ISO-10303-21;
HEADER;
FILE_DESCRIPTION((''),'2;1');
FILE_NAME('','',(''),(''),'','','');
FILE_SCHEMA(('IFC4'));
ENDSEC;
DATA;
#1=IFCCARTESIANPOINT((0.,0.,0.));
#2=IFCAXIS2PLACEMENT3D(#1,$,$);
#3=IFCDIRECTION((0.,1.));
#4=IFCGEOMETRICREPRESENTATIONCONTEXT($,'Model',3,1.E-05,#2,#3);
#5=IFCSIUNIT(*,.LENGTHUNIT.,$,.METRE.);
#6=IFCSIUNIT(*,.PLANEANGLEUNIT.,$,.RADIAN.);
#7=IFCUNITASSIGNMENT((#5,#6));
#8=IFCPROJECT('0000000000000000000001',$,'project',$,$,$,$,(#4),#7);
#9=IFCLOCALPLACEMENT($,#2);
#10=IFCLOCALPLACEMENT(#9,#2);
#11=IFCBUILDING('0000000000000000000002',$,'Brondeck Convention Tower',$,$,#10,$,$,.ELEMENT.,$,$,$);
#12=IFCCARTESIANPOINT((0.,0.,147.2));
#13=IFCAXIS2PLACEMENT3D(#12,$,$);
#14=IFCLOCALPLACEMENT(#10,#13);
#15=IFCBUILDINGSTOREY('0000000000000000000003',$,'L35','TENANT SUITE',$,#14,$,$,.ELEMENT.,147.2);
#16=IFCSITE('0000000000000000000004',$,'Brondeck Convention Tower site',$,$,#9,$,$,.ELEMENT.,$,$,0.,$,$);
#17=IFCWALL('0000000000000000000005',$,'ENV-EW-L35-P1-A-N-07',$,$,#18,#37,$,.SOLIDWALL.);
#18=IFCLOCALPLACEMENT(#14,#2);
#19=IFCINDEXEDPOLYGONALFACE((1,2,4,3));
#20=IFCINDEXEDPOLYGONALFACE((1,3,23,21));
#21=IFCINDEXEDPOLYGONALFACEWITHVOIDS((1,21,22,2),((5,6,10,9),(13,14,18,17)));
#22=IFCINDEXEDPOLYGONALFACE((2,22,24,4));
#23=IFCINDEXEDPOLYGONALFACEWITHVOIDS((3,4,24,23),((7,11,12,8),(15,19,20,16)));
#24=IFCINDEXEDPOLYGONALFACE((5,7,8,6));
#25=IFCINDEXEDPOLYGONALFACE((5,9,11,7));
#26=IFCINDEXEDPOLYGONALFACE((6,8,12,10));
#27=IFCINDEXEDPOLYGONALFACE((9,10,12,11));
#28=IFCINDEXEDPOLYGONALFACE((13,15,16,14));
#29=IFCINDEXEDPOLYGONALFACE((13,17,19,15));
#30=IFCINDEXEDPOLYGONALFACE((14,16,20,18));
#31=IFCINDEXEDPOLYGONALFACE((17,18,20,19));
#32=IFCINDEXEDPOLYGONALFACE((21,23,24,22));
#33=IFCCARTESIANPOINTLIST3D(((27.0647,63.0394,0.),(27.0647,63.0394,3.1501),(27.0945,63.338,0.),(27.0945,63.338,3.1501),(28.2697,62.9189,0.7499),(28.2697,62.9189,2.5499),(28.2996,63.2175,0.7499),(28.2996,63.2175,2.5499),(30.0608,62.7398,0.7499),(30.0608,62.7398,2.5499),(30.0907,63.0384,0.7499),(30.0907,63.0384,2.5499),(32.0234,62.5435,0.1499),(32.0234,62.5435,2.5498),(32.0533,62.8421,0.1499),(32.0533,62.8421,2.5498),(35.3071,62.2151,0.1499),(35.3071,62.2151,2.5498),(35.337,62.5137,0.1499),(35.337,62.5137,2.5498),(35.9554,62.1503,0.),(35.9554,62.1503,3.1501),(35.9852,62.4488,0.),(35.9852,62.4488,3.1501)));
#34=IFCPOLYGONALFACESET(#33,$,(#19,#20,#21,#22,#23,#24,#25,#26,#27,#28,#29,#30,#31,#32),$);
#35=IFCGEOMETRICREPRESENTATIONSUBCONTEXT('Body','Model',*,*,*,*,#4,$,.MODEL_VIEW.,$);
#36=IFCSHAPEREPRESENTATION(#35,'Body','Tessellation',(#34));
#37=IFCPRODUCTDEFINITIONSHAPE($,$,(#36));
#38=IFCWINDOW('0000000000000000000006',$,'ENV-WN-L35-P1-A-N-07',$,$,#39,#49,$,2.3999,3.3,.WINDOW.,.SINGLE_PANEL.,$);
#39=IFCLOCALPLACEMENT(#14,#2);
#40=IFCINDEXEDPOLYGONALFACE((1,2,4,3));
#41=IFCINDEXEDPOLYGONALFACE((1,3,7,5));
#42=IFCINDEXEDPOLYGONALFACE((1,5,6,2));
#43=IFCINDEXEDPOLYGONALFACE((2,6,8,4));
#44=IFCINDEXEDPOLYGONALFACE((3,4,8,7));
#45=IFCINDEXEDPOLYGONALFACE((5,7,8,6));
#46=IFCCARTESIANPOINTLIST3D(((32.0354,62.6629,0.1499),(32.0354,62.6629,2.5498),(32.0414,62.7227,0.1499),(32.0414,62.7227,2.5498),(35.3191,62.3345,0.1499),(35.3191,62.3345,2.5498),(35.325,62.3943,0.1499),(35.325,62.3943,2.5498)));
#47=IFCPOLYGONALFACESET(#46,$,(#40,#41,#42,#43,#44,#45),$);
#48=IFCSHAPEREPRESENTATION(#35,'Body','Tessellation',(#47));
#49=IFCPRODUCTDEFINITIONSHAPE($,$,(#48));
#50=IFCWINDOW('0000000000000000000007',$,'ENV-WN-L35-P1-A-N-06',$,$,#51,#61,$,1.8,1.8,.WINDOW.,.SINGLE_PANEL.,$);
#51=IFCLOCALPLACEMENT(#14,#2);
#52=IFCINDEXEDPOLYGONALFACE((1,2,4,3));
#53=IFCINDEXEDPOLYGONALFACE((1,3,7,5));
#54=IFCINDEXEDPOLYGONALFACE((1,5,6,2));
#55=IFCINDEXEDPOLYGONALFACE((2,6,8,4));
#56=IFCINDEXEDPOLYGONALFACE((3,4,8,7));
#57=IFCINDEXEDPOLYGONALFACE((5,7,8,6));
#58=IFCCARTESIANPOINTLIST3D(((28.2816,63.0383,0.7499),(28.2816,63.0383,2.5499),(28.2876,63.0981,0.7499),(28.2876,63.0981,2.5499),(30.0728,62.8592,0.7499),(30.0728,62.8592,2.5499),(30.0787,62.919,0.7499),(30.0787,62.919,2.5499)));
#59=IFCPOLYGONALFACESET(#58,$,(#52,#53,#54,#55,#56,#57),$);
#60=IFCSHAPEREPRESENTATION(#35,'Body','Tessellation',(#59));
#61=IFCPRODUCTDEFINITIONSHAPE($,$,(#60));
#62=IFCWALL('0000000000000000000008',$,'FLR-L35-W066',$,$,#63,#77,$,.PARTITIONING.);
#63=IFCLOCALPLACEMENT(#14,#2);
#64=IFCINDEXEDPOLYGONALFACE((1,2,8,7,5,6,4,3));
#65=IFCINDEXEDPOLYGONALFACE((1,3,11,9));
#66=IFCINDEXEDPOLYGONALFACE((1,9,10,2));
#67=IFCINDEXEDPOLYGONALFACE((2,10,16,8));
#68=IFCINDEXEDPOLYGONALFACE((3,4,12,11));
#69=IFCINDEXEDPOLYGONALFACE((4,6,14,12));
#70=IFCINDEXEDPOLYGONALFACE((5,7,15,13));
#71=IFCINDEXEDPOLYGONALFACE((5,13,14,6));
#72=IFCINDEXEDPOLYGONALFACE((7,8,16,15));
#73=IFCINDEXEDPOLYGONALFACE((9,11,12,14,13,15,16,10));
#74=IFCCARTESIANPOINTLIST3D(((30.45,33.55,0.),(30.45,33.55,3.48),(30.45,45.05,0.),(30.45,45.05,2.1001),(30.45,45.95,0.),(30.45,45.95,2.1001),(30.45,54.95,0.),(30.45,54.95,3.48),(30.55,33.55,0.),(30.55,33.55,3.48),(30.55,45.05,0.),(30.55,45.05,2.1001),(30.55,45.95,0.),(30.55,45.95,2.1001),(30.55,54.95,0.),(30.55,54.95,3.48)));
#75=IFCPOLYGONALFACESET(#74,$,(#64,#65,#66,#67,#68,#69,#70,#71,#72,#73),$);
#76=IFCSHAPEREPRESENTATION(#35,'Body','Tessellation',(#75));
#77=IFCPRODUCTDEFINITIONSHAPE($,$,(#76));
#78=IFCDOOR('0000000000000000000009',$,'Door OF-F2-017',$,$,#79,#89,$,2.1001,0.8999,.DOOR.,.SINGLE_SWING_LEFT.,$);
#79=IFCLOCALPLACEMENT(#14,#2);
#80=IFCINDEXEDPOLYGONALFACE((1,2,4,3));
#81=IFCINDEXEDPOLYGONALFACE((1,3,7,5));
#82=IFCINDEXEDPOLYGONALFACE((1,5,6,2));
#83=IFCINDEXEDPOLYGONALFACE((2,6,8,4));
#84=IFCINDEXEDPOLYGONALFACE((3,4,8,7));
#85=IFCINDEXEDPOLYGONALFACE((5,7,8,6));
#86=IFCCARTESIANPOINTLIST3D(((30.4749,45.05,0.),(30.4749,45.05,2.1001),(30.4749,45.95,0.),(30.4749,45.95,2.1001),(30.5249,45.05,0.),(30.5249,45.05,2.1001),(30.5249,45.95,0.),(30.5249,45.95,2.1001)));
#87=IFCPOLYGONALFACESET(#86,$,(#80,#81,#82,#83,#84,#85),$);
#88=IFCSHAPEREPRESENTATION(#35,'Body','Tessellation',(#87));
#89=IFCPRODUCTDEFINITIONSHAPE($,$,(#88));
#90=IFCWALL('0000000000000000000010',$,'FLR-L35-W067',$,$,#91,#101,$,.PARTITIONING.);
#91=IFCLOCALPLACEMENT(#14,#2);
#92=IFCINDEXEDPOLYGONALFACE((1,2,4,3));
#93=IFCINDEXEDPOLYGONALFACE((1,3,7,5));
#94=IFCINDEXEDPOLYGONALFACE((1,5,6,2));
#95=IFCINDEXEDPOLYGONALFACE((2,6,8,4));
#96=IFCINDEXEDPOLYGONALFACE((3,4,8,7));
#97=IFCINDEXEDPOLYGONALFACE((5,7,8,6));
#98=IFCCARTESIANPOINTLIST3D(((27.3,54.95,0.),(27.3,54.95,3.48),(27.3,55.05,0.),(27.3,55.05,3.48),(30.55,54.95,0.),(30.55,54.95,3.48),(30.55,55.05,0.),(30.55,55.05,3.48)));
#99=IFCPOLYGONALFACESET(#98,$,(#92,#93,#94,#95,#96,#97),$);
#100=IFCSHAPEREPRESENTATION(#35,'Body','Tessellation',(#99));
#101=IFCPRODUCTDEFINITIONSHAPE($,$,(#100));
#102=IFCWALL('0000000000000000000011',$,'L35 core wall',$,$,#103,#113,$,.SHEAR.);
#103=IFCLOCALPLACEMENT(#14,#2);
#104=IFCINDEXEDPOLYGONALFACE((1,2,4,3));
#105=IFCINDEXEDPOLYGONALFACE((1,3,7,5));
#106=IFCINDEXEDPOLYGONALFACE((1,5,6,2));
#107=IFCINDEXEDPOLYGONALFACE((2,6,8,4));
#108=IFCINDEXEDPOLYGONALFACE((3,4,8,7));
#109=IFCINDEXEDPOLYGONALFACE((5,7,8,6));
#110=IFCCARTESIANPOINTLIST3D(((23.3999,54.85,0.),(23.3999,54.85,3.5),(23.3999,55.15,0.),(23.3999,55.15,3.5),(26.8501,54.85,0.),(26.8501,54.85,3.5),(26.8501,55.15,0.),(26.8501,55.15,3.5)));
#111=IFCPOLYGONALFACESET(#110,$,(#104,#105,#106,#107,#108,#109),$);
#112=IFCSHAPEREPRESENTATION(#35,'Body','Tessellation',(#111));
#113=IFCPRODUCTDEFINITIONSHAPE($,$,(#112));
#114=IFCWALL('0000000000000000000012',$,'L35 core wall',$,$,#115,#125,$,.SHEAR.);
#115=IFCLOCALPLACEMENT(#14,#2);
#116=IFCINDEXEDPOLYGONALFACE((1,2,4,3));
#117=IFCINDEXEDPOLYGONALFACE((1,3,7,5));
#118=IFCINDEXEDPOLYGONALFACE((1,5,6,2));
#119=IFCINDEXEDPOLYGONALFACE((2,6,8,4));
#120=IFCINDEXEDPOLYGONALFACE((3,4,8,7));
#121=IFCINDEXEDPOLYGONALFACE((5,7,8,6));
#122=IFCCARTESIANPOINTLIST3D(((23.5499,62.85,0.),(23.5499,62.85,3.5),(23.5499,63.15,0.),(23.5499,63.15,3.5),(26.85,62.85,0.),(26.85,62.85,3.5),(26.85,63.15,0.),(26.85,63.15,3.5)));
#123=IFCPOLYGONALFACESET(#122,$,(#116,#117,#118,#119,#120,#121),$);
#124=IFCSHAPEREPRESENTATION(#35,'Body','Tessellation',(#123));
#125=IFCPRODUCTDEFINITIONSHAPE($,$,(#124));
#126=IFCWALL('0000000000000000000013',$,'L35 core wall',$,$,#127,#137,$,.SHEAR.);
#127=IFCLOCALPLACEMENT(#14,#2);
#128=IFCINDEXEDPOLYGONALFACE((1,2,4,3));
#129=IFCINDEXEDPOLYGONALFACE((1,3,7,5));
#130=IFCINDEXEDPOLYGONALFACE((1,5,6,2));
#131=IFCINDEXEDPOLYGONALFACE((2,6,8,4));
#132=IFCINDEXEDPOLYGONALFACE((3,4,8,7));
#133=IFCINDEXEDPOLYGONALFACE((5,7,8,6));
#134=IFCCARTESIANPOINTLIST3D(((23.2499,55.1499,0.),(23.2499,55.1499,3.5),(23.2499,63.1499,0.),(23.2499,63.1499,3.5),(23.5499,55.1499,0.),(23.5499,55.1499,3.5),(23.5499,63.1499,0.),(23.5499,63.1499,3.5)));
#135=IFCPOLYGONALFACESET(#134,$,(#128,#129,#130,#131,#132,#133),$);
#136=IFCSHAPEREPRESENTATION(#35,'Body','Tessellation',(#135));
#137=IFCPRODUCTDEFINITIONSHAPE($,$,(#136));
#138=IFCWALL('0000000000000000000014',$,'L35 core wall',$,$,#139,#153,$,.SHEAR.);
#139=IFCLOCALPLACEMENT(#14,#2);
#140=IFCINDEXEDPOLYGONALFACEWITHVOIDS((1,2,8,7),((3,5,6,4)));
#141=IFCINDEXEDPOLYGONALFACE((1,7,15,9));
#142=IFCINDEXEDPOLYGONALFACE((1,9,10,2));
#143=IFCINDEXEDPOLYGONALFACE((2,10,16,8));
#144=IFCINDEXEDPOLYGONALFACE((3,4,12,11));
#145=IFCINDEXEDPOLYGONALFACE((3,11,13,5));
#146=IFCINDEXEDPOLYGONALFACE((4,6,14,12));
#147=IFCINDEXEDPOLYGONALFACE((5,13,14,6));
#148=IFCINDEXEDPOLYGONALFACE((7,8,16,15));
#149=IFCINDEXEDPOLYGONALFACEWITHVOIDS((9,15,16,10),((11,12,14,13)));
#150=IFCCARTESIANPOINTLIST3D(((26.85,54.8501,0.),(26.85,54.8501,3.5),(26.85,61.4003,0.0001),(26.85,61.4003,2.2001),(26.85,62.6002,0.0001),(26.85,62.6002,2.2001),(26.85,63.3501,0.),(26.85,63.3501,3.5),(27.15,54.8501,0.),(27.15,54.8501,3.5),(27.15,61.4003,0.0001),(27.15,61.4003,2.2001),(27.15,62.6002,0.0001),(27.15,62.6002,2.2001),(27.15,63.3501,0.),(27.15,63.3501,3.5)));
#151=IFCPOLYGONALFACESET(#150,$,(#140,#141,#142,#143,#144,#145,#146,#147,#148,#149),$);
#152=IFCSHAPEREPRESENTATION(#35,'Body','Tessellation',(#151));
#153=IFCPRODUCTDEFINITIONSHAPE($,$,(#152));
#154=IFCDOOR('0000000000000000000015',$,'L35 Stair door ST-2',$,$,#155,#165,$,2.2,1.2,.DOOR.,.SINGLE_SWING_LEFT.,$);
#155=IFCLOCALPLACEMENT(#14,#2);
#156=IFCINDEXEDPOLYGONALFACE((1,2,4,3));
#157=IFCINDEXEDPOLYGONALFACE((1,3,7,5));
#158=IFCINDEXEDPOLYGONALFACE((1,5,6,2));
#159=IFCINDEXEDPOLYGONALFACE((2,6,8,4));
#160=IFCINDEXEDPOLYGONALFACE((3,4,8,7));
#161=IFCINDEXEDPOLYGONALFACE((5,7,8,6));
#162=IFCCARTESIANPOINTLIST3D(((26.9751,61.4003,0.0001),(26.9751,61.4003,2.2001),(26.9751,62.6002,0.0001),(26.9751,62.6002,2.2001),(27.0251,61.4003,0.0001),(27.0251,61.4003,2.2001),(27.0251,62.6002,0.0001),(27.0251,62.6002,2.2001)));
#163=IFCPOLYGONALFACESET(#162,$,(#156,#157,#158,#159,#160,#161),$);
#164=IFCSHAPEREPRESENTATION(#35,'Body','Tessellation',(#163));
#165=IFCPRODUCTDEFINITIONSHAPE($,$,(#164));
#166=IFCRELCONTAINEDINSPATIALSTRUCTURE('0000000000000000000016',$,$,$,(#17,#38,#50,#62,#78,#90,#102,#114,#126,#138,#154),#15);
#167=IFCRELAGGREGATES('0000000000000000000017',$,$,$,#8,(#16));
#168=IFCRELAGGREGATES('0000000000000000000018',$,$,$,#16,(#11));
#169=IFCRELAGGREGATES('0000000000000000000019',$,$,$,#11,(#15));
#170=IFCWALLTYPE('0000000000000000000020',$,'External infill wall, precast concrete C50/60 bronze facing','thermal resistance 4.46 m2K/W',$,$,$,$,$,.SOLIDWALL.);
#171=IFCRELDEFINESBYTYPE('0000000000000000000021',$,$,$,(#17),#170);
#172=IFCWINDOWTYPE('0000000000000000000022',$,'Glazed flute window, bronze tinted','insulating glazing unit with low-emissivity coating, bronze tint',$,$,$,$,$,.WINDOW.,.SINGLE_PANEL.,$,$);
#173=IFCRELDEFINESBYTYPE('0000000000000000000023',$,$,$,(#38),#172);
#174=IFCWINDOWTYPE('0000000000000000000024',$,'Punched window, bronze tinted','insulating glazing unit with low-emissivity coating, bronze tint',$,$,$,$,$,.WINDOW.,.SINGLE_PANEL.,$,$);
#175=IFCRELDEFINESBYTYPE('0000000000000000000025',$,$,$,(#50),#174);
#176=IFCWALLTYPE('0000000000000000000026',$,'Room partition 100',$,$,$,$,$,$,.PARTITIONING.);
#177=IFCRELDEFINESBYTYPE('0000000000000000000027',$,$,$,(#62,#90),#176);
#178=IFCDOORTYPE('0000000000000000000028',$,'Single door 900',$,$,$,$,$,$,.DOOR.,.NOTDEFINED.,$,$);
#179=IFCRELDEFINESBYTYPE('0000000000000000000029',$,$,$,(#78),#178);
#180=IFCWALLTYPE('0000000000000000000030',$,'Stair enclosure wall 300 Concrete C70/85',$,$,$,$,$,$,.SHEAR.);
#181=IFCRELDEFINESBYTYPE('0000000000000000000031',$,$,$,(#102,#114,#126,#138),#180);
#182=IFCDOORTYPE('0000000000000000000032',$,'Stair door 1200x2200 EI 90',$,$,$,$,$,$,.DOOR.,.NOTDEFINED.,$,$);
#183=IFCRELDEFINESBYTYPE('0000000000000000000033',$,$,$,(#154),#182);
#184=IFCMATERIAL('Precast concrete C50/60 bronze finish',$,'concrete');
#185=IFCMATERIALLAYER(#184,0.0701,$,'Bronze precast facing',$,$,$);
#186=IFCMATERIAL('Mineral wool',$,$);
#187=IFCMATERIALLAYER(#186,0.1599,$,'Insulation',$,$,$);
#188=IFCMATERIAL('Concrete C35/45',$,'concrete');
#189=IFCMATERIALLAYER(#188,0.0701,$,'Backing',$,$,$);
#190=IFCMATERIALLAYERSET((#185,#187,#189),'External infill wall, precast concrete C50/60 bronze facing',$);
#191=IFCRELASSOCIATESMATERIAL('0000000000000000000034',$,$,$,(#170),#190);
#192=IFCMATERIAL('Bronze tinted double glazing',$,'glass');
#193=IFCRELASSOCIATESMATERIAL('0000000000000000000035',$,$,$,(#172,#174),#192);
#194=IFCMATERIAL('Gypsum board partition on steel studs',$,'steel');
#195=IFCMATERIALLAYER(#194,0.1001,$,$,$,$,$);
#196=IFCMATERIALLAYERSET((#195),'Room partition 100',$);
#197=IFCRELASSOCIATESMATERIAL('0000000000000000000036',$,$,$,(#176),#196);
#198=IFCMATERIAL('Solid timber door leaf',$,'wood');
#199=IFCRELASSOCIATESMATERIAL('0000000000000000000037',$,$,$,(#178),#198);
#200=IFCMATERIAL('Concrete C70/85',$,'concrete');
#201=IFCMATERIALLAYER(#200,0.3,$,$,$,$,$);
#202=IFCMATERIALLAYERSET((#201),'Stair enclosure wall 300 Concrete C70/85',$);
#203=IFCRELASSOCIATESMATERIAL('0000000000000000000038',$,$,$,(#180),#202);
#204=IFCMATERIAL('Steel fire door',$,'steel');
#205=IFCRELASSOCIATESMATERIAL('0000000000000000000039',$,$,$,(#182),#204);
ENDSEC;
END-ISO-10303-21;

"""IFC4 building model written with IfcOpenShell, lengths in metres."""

from ifc_helpers import new_model, si_unit, direction, frame, frame_2d, origin, place, context, subcontext, project, spatial, rectangle, extrude, material, layer, layer_set, type_object, element, fill, save


model = new_model("IFC4")

# Units and contexts
model_context = context("Model", 3, precision=1e-05, world=origin(), true_north=direction((0.0, 1.0)))
body_context = subcontext(model_context, "Body", "Model", "MODEL_VIEW")
ifc_project = project(units=[si_unit("LENGTHUNIT", "METRE"), si_unit("PLANEANGLEUNIT", "RADIAN")], contexts=[model_context])

# Site, building, storey
site_placement = place(None, origin())
site = spatial("IfcSite", under=ifc_project, at=site_placement, Name="Brondeck Convention Tower site", CompositionType="ELEMENT", RefElevation=0.0)
building_placement = place(site_placement, origin())
building = spatial("IfcBuilding", under=site, at=building_placement, Name="Brondeck Convention Tower", CompositionType="ELEMENT")
storey_placement = place(building_placement, frame((0.0, 0.0, 147.2)))
storey = spatial("IfcBuildingStorey", under=building, at=storey_placement, Name="L35", Description="TENANT SUITE", CompositionType="ELEMENT", Elevation=147.2)

# Shared definitions
ifc_material_1 = material(Name="Concrete C70/85", Category="concrete")

# Wall, openings, windows
ifc_material_2 = material(Name="Precast concrete C50/60 bronze finish", Category="concrete")
ifc_layer_1 = layer(ifc_material_2, 0.0701, Name="Bronze precast facing")
ifc_material_3 = material(Name="Mineral wool")
ifc_layer_2 = layer(ifc_material_3, 0.1599, Name="Insulation")
ifc_material_4 = material(Name="Concrete C35/45", Category="concrete")
ifc_layer_3 = layer(ifc_material_4, 0.0701, Name="Backing")
ifc_layer_set_1 = layer_set([ifc_layer_1, ifc_layer_2, ifc_layer_3], Name="External infill wall, precast concrete C50/60 bronze facing")
wall_type_1 = type_object("IfcWallType", Name="External infill wall, precast concrete C50/60 bronze facing", Description="thermal resistance 4.46 m2K/W", PredefinedType="SOLIDWALL", material=ifc_layer_set_1)
ifc_material_5 = material(Name="Bronze tinted double glazing", Category="glass")
window_type_1 = type_object("IfcWindowType", Name="Glazed flute window, bronze tinted", Description="insulating glazing unit with low-emissivity coating, bronze tint", PartitioningType="SINGLE_PANEL", PredefinedType="WINDOW", material=ifc_material_5)
window_type_2 = type_object("IfcWindowType", Name="Punched window, bronze tinted", Description="insulating glazing unit with low-emissivity coating, bronze tint", PartitioningType="SINGLE_PANEL", PredefinedType="WINDOW", material=ifc_material_5)
wall_1_placement = place(storey_placement, frame((27.0796, 63.1887, 0.0), z_axis=(0.0, 0.0, 1.0), x_axis=(0.995036, -0.099515, 0.0)))
wall_1 = element("IfcWall", 1, at=wall_1_placement, inside=storey, type_object=wall_type_1, Name="ENV-EW-L35-P1-A-N-07", PredefinedType="SOLIDWALL", context=body_context, shape_type="SweptSolid", body=[
    extrude(rectangle(XDim=8.9351, YDim=0.3, at=frame_2d((4.4675, 0.0))), origin(), (0.0, 0.0, 1.0), 3.1501),
])
opening_1_placement = place(wall_1_placement, frame((1.2112, 0.0, 0.75)))
opening_1 = element("IfcOpeningElement", 2, at=opening_1_placement, cuts=wall_1, PredefinedType="OPENING", context=body_context, shape_type="SweptSolid", body=[
    extrude(rectangle(XDim=1.8, YDim=1.8, at=frame_2d((0.8999, 0.8999))), frame((0.0, 0.1599, 0.0), z_axis=(0.0, -1.0, 0.0), x_axis=(1.0, 0.0, 0.0)), (0.0, 0.0, 1.0), 0.3201),
])
opening_2_placement = place(wall_1_placement, frame((4.9836, 0.0, 0.1499)))
opening_2 = element("IfcOpeningElement", 3, at=opening_2_placement, cuts=wall_1, PredefinedType="OPENING", context=body_context, shape_type="SweptSolid", body=[
    extrude(rectangle(XDim=3.3, YDim=2.3999, at=frame_2d((1.6499, 1.2))), frame((0.0, 0.1599, 0.0), z_axis=(0.0, -1.0, 0.0), x_axis=(1.0, 0.0, 0.0)), (0.0, 0.0, 1.0), 0.3201),
])
window_1_placement = place(opening_2_placement, origin())
window_1 = element("IfcWindow", 4, at=window_1_placement, inside=storey, type_object=window_type_1, Name="ENV-WN-L35-P1-A-N-07", OverallHeight=2.3999, OverallWidth=3.3, PartitioningType="SINGLE_PANEL", PredefinedType="WINDOW", context=body_context, shape_type="SweptSolid", body=[
    extrude(rectangle(XDim=3.3, YDim=2.3999, at=frame_2d((1.6499, 1.2))), frame((0.0, 0.03, 0.0), z_axis=(0.0, -1.0, 0.0), x_axis=(1.0, 0.0, 0.0)), (0.0, 0.0, 1.0), 0.0601),
])
fill(opening_2, window_1)
window_2_placement = place(opening_1_placement, origin())
window_2 = element("IfcWindow", 5, at=window_2_placement, inside=storey, type_object=window_type_2, Name="ENV-WN-L35-P1-A-N-06", OverallHeight=1.8, OverallWidth=1.8, PartitioningType="SINGLE_PANEL", PredefinedType="WINDOW", context=body_context, shape_type="SweptSolid", body=[
    extrude(rectangle(XDim=1.8, YDim=1.8, at=frame_2d((0.8999, 0.8999))), frame((0.0, 0.03, 0.0), z_axis=(0.0, -1.0, 0.0), x_axis=(1.0, 0.0, 0.0)), (0.0, 0.0, 1.0), 0.0601),
])
fill(opening_1, window_2)

# Wall, opening, door
ifc_material_6 = material(Name="Gypsum board partition on steel studs", Category="steel")
ifc_layer_4 = layer(ifc_material_6, 0.1001)
ifc_layer_set_2 = layer_set([ifc_layer_4], Name="Room partition 100")
wall_type_2 = type_object("IfcWallType", Name="Room partition 100", PredefinedType="PARTITIONING", material=ifc_layer_set_2)
wall_2_placement = place(storey_placement, frame((30.5, 54.95, 0.0), z_axis=(0.0, 0.0, 1.0), x_axis=(0.0, -1.0, 0.0)))
wall_2 = element("IfcWall", 6, at=wall_2_placement, inside=storey, type_object=wall_type_2, Name="FLR-L35-W066", PredefinedType="PARTITIONING", context=body_context, shape_type="SweptSolid", body=[
    extrude(rectangle(XDim=21.3999, YDim=0.1001, at=frame_2d((10.7, 0.0))), origin(), (0.0, 0.0, 1.0), 3.48),
])
opening_3_placement = place(wall_2_placement, frame((9.0, 0.0, 0.0)))
opening_3 = element("IfcOpeningElement", 7, at=opening_3_placement, cuts=wall_2, PredefinedType="OPENING", context=body_context, shape_type="SweptSolid", body=[
    extrude(rectangle(XDim=0.8999, YDim=2.1001, at=frame_2d((0.45, 1.05))), frame((0.0, 0.0601, 0.0), z_axis=(0.0, -1.0, 0.0), x_axis=(1.0, 0.0, 0.0)), (0.0, 0.0, 1.0), 0.1201),
])
ifc_material_7 = material(Name="Solid timber door leaf", Category="wood")
door_type_1 = type_object("IfcDoorType", Name="Single door 900", OperationType="NOTDEFINED", PredefinedType="DOOR", material=ifc_material_7)
door_1_placement = place(opening_3_placement, origin())
door_1 = element("IfcDoor", 8, at=door_1_placement, inside=storey, type_object=door_type_1, Name="Door OF-F2-017", OperationType="SINGLE_SWING_LEFT", OverallHeight=2.1001, OverallWidth=0.8999, PredefinedType="DOOR", context=body_context, shape_type="SweptSolid", body=[
    extrude(rectangle(XDim=0.8999, YDim=2.1001, at=frame_2d((0.45, 1.05))), frame((0.0, 0.0249, 0.0), z_axis=(0.0, -1.0, 0.0), x_axis=(1.0, 0.0, 0.0)), (0.0, 0.0, 1.0), 0.05),
])
fill(opening_3, door_1)

# Walls
wall_3_placement = place(storey_placement, frame((27.3, 55.0, 0.0), z_axis=(0.0, 0.0, 1.0), x_axis=(1.0, 0.0, 0.0)))
element("IfcWall", 9, at=wall_3_placement, inside=storey, type_object=wall_type_2, Name="FLR-L35-W067", PredefinedType="PARTITIONING", context=body_context, shape_type="SweptSolid", body=[
    extrude(rectangle(XDim=3.25, YDim=0.1001, at=frame_2d((1.625, 0.0))), origin(), (0.0, 0.0, 1.0), 3.48),
])
ifc_layer_5 = layer(ifc_material_1, 0.3)
ifc_layer_set_3 = layer_set([ifc_layer_5], Name="Stair enclosure wall 300 Concrete C70/85")
wall_type_3 = type_object("IfcWallType", Name="Stair enclosure wall 300 Concrete C70/85", PredefinedType="SHEAR", material=ifc_layer_set_3)
wall_4_placement = place(storey_placement, frame((23.3999, 55.0, 0.0), z_axis=(0.0, 0.0, 1.0), x_axis=(1.0, 0.0, 0.0)))
element("IfcWall", 10, at=wall_4_placement, inside=storey, type_object=wall_type_3, Name="L35 core wall", PredefinedType="SHEAR", context=body_context, shape_type="SweptSolid", body=[
    extrude(rectangle(XDim=3.4502, YDim=0.3, at=frame_2d((1.7251, 0.0))), origin(), (0.0, 0.0, 1.0), 3.5),
])
wall_5_placement = place(storey_placement, frame((23.55, 63.0, 0.0), z_axis=(0.0, 0.0, 1.0), x_axis=(1.0, 0.0, 0.0)))
element("IfcWall", 11, at=wall_5_placement, inside=storey, type_object=wall_type_3, Name="L35 core wall", PredefinedType="SHEAR", context=body_context, shape_type="SweptSolid", body=[
    extrude(rectangle(XDim=3.3, YDim=0.3, at=frame_2d((1.6499, 0.0))), origin(), (0.0, 0.0, 1.0), 3.5),
])
wall_6_placement = place(storey_placement, frame((23.3999, 55.1499, 0.0), z_axis=(0.0, 0.0, 1.0), x_axis=(0.0, 1.0, 0.0)))
element("IfcWall", 12, at=wall_6_placement, inside=storey, type_object=wall_type_3, Name="L35 core wall", PredefinedType="SHEAR", context=body_context, shape_type="SweptSolid", body=[
    extrude(rectangle(XDim=8.0, YDim=0.3, at=frame_2d((4.0, 0.0))), origin(), (0.0, 0.0, 1.0), 3.5),
])

# Wall, opening, door
wall_7_placement = place(storey_placement, frame((27.0, 54.8501, 0.0), z_axis=(0.0, 0.0, 1.0), x_axis=(0.0, 1.0, 0.0)))
wall_7 = element("IfcWall", 13, at=wall_7_placement, inside=storey, type_object=wall_type_3, Name="L35 core wall", PredefinedType="SHEAR", context=body_context, shape_type="SweptSolid", body=[
    extrude(rectangle(XDim=8.5, YDim=0.3, at=frame_2d((4.25, 0.0))), origin(), (0.0, 0.0, 1.0), 3.5),
])
opening_4_placement = place(wall_7_placement, frame((6.55, 0.0, 0.0)))
opening_4 = element("IfcOpeningElement", 14, at=opening_4_placement, cuts=wall_7, PredefinedType="OPENING", context=body_context, shape_type="SweptSolid", body=[
    extrude(rectangle(XDim=1.2, YDim=2.2, at=frame_2d((0.6001, 1.1001))), frame((0.0, 0.1599, 0.0), z_axis=(0.0, -1.0, 0.0), x_axis=(1.0, 0.0, 0.0)), (0.0, 0.0, 1.0), 0.3201),
])
ifc_material_8 = material(Name="Steel fire door", Category="steel")
door_type_2 = type_object("IfcDoorType", Name="Stair door 1200x2200 EI 90", OperationType="NOTDEFINED", PredefinedType="DOOR", material=ifc_material_8)
door_2_placement = place(opening_4_placement, origin())
door_2 = element("IfcDoor", 15, at=door_2_placement, inside=storey, type_object=door_type_2, Name="L35 Stair door ST-2", OperationType="SINGLE_SWING_LEFT", OverallHeight=2.2, OverallWidth=1.2, PredefinedType="DOOR", context=body_context, shape_type="SweptSolid", body=[
    extrude(rectangle(XDim=1.2, YDim=2.2, at=frame_2d((0.6001, 1.1001))), frame((0.0, 0.0249, 0.0), z_axis=(0.0, -1.0, 0.0), x_axis=(1.0, 0.0, 0.0)), (0.0, 0.0, 1.0), 0.05),
])
fill(opening_4, door_2)

save(model, "model.ifc")
